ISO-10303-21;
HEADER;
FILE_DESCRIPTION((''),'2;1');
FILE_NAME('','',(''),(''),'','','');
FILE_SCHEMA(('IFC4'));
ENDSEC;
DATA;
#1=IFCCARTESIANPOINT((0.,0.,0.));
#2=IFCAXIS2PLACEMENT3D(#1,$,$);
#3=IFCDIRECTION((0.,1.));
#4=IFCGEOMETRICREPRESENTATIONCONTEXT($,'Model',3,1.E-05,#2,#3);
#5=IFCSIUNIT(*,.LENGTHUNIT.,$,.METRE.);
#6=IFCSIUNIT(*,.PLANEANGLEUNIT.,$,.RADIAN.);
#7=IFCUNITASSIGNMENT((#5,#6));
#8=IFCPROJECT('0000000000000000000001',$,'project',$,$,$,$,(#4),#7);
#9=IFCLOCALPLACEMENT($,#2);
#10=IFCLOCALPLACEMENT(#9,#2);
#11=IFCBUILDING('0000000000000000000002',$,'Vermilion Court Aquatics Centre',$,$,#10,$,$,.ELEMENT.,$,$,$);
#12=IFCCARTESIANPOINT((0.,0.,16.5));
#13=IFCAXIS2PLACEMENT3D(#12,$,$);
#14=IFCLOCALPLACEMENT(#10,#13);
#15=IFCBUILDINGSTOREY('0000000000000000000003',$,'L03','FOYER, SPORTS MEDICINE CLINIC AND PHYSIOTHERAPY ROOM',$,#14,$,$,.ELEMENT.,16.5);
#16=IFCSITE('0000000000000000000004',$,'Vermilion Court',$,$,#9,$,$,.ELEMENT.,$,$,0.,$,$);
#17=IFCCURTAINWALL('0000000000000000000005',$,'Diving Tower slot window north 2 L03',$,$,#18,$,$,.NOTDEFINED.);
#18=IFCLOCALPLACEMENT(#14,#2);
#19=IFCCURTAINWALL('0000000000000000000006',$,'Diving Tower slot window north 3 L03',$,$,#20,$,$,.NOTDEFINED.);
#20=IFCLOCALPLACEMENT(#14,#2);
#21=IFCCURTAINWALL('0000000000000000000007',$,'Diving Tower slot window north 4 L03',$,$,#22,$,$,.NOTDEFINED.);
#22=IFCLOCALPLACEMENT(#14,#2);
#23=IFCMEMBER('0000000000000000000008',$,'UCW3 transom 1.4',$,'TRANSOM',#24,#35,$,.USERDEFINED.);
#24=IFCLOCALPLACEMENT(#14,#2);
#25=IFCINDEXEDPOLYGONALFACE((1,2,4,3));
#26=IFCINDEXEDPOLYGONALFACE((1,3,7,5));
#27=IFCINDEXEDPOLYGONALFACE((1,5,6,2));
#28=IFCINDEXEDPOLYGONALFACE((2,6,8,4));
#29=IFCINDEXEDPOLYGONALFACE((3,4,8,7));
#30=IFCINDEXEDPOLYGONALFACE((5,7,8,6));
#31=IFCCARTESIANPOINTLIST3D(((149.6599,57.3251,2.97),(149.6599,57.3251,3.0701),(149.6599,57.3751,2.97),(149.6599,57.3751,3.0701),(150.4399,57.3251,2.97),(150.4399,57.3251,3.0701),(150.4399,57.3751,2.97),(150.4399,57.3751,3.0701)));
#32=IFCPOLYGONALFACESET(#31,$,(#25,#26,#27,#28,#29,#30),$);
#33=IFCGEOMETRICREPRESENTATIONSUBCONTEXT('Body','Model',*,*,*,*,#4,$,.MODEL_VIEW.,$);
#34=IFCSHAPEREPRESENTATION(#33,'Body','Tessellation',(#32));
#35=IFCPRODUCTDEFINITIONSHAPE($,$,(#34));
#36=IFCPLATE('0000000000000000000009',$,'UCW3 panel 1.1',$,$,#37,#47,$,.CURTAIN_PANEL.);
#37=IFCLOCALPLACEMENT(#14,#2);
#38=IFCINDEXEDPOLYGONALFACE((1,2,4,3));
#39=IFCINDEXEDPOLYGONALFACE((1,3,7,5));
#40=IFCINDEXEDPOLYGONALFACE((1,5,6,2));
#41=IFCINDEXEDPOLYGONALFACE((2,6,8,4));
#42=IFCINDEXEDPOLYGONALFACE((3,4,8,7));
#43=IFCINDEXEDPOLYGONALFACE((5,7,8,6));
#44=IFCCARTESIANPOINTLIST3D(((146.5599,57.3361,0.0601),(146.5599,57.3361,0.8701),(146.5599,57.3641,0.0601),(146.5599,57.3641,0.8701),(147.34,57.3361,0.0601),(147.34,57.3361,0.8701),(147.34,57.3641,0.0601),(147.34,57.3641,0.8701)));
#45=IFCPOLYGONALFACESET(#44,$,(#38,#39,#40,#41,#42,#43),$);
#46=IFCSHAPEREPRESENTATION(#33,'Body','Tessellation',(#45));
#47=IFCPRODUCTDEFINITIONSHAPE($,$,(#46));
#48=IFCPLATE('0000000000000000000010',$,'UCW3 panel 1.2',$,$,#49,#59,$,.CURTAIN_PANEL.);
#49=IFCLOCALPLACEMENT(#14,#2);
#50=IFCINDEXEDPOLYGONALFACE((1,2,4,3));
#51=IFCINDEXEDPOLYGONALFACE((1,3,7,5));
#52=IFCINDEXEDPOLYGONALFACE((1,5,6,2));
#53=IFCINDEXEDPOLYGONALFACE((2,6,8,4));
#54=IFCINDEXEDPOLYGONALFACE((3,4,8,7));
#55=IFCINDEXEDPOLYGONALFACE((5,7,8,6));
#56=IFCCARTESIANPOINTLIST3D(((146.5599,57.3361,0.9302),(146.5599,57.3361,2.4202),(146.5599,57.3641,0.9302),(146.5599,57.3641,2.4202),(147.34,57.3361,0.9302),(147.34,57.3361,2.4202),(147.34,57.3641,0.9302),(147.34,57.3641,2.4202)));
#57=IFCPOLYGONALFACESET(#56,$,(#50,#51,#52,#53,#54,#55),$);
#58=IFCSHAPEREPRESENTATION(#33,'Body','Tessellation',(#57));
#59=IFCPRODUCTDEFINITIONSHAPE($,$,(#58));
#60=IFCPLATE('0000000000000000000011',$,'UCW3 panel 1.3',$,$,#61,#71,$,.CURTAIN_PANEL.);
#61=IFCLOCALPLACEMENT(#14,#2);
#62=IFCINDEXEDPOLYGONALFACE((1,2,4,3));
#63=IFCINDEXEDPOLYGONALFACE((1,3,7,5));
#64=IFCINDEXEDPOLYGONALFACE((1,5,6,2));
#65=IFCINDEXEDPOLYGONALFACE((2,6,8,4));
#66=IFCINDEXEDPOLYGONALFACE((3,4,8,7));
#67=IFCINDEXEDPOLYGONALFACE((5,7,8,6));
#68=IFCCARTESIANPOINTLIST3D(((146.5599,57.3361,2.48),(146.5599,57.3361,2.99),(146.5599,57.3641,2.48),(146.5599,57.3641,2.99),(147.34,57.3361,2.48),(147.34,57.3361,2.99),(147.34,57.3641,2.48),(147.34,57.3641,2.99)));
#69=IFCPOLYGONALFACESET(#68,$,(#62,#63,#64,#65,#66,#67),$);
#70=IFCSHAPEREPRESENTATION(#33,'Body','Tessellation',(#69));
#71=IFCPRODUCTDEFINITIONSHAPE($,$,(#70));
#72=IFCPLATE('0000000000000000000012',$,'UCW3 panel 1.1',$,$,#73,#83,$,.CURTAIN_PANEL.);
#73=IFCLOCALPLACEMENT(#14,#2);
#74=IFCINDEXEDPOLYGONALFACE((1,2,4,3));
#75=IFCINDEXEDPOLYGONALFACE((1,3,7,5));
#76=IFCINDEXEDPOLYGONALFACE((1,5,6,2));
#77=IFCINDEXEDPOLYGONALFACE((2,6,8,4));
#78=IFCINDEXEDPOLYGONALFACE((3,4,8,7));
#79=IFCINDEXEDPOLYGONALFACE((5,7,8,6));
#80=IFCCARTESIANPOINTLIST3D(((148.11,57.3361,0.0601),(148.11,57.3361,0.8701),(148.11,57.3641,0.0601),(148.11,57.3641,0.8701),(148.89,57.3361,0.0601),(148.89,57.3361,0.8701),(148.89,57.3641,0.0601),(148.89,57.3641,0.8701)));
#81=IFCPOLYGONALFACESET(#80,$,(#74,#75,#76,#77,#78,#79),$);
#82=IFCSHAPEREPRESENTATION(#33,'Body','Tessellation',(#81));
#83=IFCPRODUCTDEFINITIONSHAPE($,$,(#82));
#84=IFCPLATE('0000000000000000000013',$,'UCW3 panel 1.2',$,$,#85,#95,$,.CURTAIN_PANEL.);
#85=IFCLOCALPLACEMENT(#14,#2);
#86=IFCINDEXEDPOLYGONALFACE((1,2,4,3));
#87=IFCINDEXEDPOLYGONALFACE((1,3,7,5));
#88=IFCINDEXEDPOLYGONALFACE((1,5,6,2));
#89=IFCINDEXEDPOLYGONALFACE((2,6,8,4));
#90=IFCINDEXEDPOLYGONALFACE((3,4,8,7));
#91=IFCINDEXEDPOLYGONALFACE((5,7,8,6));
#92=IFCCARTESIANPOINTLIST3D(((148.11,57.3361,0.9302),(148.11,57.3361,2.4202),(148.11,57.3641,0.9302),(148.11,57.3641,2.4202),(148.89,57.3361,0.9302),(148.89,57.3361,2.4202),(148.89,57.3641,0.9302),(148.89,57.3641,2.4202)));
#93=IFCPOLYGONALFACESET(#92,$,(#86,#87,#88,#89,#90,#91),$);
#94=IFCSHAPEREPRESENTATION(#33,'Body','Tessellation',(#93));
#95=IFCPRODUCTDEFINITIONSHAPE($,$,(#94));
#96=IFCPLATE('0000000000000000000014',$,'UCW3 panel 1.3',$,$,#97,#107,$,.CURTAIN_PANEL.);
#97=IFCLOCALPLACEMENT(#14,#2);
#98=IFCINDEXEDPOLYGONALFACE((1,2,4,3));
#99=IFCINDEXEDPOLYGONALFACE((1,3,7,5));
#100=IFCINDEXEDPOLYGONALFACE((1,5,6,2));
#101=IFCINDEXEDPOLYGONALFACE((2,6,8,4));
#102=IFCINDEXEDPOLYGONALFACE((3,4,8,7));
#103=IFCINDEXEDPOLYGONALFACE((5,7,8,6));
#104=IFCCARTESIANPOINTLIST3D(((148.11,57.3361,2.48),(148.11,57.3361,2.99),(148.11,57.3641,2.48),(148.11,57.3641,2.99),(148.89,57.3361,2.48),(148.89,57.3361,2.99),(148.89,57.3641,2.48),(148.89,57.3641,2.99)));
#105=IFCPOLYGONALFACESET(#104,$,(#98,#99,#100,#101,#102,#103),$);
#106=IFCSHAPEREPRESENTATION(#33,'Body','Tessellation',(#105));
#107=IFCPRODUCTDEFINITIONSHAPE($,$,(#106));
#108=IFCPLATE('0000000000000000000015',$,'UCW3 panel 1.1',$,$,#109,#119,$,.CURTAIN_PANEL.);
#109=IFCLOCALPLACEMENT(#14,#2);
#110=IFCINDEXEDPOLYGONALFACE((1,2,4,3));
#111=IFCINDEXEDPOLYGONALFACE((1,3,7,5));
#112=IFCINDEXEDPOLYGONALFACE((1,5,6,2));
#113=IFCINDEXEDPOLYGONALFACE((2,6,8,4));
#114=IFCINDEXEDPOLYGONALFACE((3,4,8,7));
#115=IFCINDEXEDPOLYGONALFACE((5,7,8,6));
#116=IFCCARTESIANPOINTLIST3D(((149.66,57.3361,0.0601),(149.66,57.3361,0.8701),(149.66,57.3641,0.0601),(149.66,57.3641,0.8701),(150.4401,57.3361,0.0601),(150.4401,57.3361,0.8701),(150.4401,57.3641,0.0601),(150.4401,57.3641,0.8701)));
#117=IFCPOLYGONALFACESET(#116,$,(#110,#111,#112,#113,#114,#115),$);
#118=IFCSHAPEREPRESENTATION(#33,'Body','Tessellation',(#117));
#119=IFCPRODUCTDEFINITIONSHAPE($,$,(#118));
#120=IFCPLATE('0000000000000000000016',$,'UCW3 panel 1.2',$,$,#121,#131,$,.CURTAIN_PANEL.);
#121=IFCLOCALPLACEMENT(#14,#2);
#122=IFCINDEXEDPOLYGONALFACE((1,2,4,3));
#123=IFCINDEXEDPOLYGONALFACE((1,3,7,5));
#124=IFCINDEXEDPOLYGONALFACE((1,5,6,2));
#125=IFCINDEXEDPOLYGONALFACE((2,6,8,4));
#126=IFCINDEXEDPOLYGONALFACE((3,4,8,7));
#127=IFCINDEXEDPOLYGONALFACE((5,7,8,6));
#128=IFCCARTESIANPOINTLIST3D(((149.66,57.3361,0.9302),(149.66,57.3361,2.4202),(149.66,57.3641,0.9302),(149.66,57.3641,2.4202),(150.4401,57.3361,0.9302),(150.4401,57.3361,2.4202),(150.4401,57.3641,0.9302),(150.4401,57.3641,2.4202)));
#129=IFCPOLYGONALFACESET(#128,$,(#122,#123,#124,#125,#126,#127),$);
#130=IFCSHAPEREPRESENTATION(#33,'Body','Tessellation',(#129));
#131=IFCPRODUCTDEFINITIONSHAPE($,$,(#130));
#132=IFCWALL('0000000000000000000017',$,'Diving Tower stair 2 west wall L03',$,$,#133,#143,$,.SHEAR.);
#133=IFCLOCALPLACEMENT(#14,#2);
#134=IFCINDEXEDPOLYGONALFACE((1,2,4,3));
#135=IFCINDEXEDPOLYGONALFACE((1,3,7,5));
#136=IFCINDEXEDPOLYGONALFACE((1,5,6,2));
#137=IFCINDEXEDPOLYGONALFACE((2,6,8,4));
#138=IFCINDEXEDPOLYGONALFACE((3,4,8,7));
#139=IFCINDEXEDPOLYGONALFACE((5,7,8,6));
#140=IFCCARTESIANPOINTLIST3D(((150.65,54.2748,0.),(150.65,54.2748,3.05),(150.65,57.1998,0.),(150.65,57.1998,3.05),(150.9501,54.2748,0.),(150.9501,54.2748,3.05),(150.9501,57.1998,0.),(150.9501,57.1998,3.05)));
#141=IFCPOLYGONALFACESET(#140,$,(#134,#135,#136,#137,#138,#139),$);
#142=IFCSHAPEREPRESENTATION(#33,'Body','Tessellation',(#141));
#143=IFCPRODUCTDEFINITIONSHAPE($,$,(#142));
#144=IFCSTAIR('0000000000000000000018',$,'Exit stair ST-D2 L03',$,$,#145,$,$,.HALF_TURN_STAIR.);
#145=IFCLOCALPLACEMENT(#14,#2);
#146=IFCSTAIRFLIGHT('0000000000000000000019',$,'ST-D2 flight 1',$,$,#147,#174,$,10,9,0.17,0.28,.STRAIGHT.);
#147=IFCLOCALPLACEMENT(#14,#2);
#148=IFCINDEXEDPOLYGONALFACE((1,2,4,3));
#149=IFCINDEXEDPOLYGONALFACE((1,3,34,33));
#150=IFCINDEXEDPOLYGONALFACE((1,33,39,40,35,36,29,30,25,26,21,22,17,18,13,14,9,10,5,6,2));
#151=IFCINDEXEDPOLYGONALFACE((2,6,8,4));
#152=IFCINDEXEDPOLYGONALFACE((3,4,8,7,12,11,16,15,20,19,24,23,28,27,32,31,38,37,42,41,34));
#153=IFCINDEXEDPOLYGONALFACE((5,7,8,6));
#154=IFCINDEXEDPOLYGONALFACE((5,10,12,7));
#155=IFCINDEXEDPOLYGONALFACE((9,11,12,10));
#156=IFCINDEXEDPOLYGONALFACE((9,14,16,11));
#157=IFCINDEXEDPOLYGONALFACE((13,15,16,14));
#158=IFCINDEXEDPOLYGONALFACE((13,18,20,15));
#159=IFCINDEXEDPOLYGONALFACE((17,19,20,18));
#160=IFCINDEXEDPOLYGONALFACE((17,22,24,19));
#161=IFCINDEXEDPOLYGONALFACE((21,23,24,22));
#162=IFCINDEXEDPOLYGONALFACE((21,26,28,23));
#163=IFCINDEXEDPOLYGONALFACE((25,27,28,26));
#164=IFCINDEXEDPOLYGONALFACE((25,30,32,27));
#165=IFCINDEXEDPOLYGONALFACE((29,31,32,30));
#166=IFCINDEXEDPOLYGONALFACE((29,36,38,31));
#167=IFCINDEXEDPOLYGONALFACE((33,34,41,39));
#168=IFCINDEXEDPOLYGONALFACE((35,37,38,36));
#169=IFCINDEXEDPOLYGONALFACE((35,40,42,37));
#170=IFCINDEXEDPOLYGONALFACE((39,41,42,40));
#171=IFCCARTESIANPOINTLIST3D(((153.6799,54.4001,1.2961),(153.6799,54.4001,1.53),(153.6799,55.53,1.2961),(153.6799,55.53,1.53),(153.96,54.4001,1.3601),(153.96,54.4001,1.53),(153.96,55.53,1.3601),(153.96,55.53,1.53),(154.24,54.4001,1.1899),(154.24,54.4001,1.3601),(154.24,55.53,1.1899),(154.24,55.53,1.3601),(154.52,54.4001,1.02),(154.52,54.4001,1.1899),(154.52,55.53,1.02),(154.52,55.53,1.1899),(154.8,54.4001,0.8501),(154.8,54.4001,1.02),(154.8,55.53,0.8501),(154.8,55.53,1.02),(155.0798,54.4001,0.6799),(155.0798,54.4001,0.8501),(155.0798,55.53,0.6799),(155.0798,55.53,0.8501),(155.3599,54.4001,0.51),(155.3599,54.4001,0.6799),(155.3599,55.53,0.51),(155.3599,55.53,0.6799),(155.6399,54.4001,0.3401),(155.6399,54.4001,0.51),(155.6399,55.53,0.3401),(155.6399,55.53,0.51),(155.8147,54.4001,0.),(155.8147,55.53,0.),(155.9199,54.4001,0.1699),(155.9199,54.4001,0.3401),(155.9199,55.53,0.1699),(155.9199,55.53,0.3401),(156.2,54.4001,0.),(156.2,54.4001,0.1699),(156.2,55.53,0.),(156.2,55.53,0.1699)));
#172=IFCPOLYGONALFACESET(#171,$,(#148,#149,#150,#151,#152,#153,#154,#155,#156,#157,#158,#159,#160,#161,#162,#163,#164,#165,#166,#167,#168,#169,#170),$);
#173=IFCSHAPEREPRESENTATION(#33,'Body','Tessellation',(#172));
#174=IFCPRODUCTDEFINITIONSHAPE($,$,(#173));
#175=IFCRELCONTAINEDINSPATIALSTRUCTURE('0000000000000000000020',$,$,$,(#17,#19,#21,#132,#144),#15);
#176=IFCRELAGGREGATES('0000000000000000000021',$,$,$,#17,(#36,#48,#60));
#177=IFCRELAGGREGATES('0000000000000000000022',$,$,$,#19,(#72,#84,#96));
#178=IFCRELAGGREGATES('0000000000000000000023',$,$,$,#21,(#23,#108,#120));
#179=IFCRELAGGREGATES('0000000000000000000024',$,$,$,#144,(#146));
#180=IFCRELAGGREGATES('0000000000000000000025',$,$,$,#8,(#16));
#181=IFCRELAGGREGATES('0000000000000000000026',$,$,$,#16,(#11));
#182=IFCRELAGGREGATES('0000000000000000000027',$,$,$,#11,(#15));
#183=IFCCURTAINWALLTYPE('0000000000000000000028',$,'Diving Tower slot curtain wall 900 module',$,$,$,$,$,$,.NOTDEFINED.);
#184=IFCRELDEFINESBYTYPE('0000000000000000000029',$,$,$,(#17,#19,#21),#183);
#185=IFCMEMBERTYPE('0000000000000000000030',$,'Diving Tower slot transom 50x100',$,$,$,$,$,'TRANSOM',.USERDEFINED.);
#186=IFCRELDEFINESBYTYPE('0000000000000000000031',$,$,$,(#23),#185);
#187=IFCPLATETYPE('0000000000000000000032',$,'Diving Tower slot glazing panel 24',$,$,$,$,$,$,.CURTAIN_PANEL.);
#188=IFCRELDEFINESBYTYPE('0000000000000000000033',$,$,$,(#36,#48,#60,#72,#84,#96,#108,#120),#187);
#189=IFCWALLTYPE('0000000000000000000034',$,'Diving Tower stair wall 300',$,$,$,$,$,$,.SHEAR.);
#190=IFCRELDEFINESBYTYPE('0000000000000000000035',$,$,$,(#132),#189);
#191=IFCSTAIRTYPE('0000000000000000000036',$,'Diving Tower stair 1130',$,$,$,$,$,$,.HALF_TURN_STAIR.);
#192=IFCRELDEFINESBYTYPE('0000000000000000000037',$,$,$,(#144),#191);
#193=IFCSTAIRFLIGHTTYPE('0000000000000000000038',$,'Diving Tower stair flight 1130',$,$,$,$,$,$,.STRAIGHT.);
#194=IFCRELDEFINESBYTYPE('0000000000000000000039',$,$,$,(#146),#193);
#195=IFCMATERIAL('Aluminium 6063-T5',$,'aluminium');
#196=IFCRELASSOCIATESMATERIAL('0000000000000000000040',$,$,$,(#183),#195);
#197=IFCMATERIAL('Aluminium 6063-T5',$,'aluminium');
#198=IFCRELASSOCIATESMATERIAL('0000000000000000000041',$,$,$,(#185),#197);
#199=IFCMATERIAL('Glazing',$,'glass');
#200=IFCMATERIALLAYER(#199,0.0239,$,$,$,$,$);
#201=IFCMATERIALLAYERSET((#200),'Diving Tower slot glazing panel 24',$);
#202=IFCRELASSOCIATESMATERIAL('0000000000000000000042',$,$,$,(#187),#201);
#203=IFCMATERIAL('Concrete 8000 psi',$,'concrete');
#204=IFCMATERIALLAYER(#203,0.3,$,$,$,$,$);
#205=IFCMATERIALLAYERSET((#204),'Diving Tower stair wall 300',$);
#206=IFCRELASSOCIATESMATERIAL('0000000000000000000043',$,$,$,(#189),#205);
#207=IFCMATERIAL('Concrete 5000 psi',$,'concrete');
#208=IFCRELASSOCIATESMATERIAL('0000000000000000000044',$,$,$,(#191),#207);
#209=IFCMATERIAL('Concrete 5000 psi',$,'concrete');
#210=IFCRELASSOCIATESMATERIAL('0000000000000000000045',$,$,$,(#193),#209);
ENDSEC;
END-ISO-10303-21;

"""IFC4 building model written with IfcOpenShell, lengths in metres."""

from ifc_helpers import new_model, si_unit, direction, frame, frame_2d, origin, origin_2d, place, context, subcontext, project, spatial, polyline, rectangle, outline, extrude, material, layer, layer_set, material_profile, profile_set, type_object, element, aggregate, save


model = new_model("IFC4")

# Units and contexts
model_context = context("Model", 3, precision=1e-05, world=origin(), true_north=direction((0.0, 1.0)))
body_context = subcontext(model_context, "Body", "Model", "MODEL_VIEW")
ifc_project = project(units=[si_unit("LENGTHUNIT", "METRE"), si_unit("PLANEANGLEUNIT", "RADIAN")], contexts=[model_context])

# Site, building, storey
site_placement = place(None, origin())
site = spatial("IfcSite", under=ifc_project, at=site_placement, Name="Vermilion Court", CompositionType="ELEMENT", RefElevation=0.0)
building_placement = place(site_placement, origin())
building = spatial("IfcBuilding", under=site, at=building_placement, Name="Vermilion Court Aquatics Centre", CompositionType="ELEMENT")
storey_placement = place(building_placement, frame((0.0, 0.0, 16.5)))
storey = spatial("IfcBuildingStorey", under=building, at=storey_placement, Name="L03", Description="FOYER, SPORTS MEDICINE CLINIC AND PHYSIOTHERAPY ROOM", CompositionType="ELEMENT", Elevation=16.5)

# Curtain wall
ifc_material_1 = material(Name="Aluminium 6063-T5", Category="aluminium")
curtain_wall_type = type_object("IfcCurtainWallType", Name="Diving Tower slot curtain wall 900 module", PredefinedType="NOTDEFINED", material=ifc_material_1)
curtain_wall_1_placement = place(storey_placement, origin())
curtain_wall_1 = element("IfcCurtainWall", 1, at=curtain_wall_1_placement, inside=storey, type_object=curtain_wall_type, Name="Diving Tower slot window north 2 L03", PredefinedType="NOTDEFINED")

# Curtain wall
curtain_wall_2_placement = place(storey_placement, origin())
curtain_wall_2 = element("IfcCurtainWall", 2, at=curtain_wall_2_placement, inside=storey, type_object=curtain_wall_type, Name="Diving Tower slot window north 3 L03", PredefinedType="NOTDEFINED")

# Curtain wall
curtain_wall_3_placement = place(storey_placement, origin())
curtain_wall_3 = element("IfcCurtainWall", 3, at=curtain_wall_3_placement, inside=storey, type_object=curtain_wall_type, Name="Diving Tower slot window north 4 L03", PredefinedType="NOTDEFINED")

# Member
ifc_material_2 = material(Name="Aluminium 6063-T5", Category="aluminium")
ifc_material_profile_1 = material_profile(ifc_material_2, rectangle(XDim=0.05, YDim=0.1001, at=origin_2d()), Name="AL 50x100")
ifc_profile_set_1 = profile_set([ifc_material_profile_1], Name="Aluminium 6063-T5")
member_type_1 = type_object("IfcMemberType", Name="Diving Tower slot transom 50x100", ElementType="TRANSOM", PredefinedType="USERDEFINED", material=ifc_profile_set_1)
member_1_placement = place(storey_placement, frame((149.6599, 57.3501, 3.02), z_axis=(1.0, 0.0, 0.0), x_axis=(0.0, 1.0, 0.0)))
member_1 = element("IfcMember", 4, at=member_1_placement, type_object=member_type_1, Name="UCW3 transom 1.4", ObjectType="TRANSOM", PredefinedType="USERDEFINED", context=body_context, shape_type="SweptSolid", body=[
    extrude(rectangle(XDim=0.05, YDim=0.1001, at=origin_2d()), origin(), (0.0, 0.0, 1.0), 0.78),
])

# Plates
ifc_material_3 = material(Name="Glazing", Category="glass")
ifc_layer_1 = layer(ifc_material_3, 0.0239)
ifc_layer_set_1 = layer_set([ifc_layer_1], Name="Diving Tower slot glazing panel 24")
plate_type = type_object("IfcPlateType", Name="Diving Tower slot glazing panel 24", PredefinedType="CURTAIN_PANEL", material=ifc_layer_set_1)
plate_1_placement = place(storey_placement, frame((146.95, 57.3501, 0.0601), z_axis=(0.0, 0.0, 1.0), x_axis=(1.0, 0.0, 0.0)))
plate_1 = element("IfcPlate", 5, at=plate_1_placement, type_object=plate_type, Name="UCW3 panel 1.1", PredefinedType="CURTAIN_PANEL", context=body_context, shape_type="SweptSolid", body=[
    extrude(rectangle(XDim=0.78, YDim=0.0281, at=origin_2d()), origin(), (0.0, 0.0, 1.0), 0.8101),
])
plate_2_placement = place(storey_placement, frame((146.95, 57.3501, 0.9302), z_axis=(0.0, 0.0, 1.0), x_axis=(1.0, 0.0, 0.0)))
plate_2 = element("IfcPlate", 6, at=plate_2_placement, type_object=plate_type, Name="UCW3 panel 1.2", PredefinedType="CURTAIN_PANEL", context=body_context, shape_type="SweptSolid", body=[
    extrude(rectangle(XDim=0.78, YDim=0.0281, at=origin_2d()), origin(), (0.0, 0.0, 1.0), 1.49),
])
plate_3_placement = place(storey_placement, frame((146.95, 57.3501, 2.48), z_axis=(0.0, 0.0, 1.0), x_axis=(1.0, 0.0, 0.0)))
plate_3 = element("IfcPlate", 7, at=plate_3_placement, type_object=plate_type, Name="UCW3 panel 1.3", PredefinedType="CURTAIN_PANEL", context=body_context, shape_type="SweptSolid", body=[
    extrude(rectangle(XDim=0.78, YDim=0.0281, at=origin_2d()), origin(), (0.0, 0.0, 1.0), 0.51),
])
aggregate(curtain_wall_1, [plate_1, plate_2, plate_3])
plate_4_placement = place(storey_placement, frame((148.5, 57.3501, 0.0601), z_axis=(0.0, 0.0, 1.0), x_axis=(1.0, 0.0, 0.0)))
plate_4 = element("IfcPlate", 8, at=plate_4_placement, type_object=plate_type, Name="UCW3 panel 1.1", PredefinedType="CURTAIN_PANEL", context=body_context, shape_type="SweptSolid", body=[
    extrude(rectangle(XDim=0.78, YDim=0.0281, at=origin_2d()), origin(), (0.0, 0.0, 1.0), 0.8101),
])
plate_5_placement = place(storey_placement, frame((148.5, 57.3501, 0.9302), z_axis=(0.0, 0.0, 1.0), x_axis=(1.0, 0.0, 0.0)))
plate_5 = element("IfcPlate", 9, at=plate_5_placement, type_object=plate_type, Name="UCW3 panel 1.2", PredefinedType="CURTAIN_PANEL", context=body_context, shape_type="SweptSolid", body=[
    extrude(rectangle(XDim=0.78, YDim=0.0281, at=origin_2d()), origin(), (0.0, 0.0, 1.0), 1.49),
])
plate_6_placement = place(storey_placement, frame((148.5, 57.3501, 2.48), z_axis=(0.0, 0.0, 1.0), x_axis=(1.0, 0.0, 0.0)))
plate_6 = element("IfcPlate", 10, at=plate_6_placement, type_object=plate_type, Name="UCW3 panel 1.3", PredefinedType="CURTAIN_PANEL", context=body_context, shape_type="SweptSolid", body=[
    extrude(rectangle(XDim=0.78, YDim=0.0281, at=origin_2d()), origin(), (0.0, 0.0, 1.0), 0.51),
])
aggregate(curtain_wall_2, [plate_4, plate_5, plate_6])
plate_7_placement = place(storey_placement, frame((150.05, 57.3501, 0.0601), z_axis=(0.0, 0.0, 1.0), x_axis=(1.0, 0.0, 0.0)))
plate_7 = element("IfcPlate", 11, at=plate_7_placement, type_object=plate_type, Name="UCW3 panel 1.1", PredefinedType="CURTAIN_PANEL", context=body_context, shape_type="SweptSolid", body=[
    extrude(rectangle(XDim=0.78, YDim=0.0281, at=origin_2d()), origin(), (0.0, 0.0, 1.0), 0.8101),
])
plate_8_placement = place(storey_placement, frame((150.05, 57.3501, 0.9302), z_axis=(0.0, 0.0, 1.0), x_axis=(1.0, 0.0, 0.0)))
plate_8 = element("IfcPlate", 12, at=plate_8_placement, type_object=plate_type, Name="UCW3 panel 1.2", PredefinedType="CURTAIN_PANEL", context=body_context, shape_type="SweptSolid", body=[
    extrude(rectangle(XDim=0.78, YDim=0.0281, at=origin_2d()), origin(), (0.0, 0.0, 1.0), 1.49),
])
aggregate(curtain_wall_3, [member_1, plate_7, plate_8])

# Wall
ifc_material_4 = material(Name="Concrete 8000 psi", Category="concrete")
ifc_layer_2 = layer(ifc_material_4, 0.3)
ifc_layer_set_2 = layer_set([ifc_layer_2], Name="Diving Tower stair wall 300")
wall_type = type_object("IfcWallType", Name="Diving Tower stair wall 300", PredefinedType="SHEAR", material=ifc_layer_set_2)
wall_placement = place(storey_placement, frame((150.8, 54.2749, 0.0), z_axis=(0.0, 0.0, 1.0), x_axis=(0.0, 1.0, 0.0)))
element("IfcWall", 13, at=wall_placement, inside=storey, type_object=wall_type, Name="Diving Tower stair 2 west wall L03", PredefinedType="SHEAR", context=body_context, shape_type="SweptSolid", body=[
    extrude(rectangle(XDim=2.925, YDim=0.3, at=frame_2d((1.4624, 0.0))), origin(), (0.0, 0.0, 1.0), 3.05),
])

# Stair, stair flight
ifc_material_5 = material(Name="Concrete 5000 psi", Category="concrete")
stair_type = type_object("IfcStairType", Name="Diving Tower stair 1130", PredefinedType="HALF_TURN_STAIR", material=ifc_material_5)
stair_placement = place(storey_placement, origin())
stair = element("IfcStair", 14, at=stair_placement, inside=storey, type_object=stair_type, Name="Exit stair ST-D2 L03", PredefinedType="HALF_TURN_STAIR")
ifc_material_6 = material(Name="Concrete 5000 psi", Category="concrete")
stair_flight_type = type_object("IfcStairFlightType", Name="Diving Tower stair flight 1130", PredefinedType="STRAIGHT", material=ifc_material_6)
stair_flight_1_placement = place(storey_placement, frame((156.2, 54.9651, 0.0), z_axis=(0.0, 0.0, 1.0), x_axis=(-1.0, 0.0, 0.0)))
stair_flight_1 = element("IfcStairFlight", 15, at=stair_flight_1_placement, type_object=stair_flight_type, Name="ST-D2 flight 1", NumberOfRisers=10, NumberOfTreads=9, PredefinedType="STRAIGHT", RiserHeight=0.17, TreadLength=0.28, context=body_context, shape_type="SweptSolid", body=[
    extrude(outline(polyline([(0.0, 0.0), (0.0, 0.1699), (0.28, 0.1699), (0.28, 0.3401), (0.5601, 0.3401), (0.5601, 0.51), (0.8401, 0.51), (0.8401, 0.6799), (1.1201, 0.6799), (1.1201, 0.8501), (1.3999, 0.8501), (1.3999, 1.02), (1.6799, 1.02), (1.6799, 1.1899), (1.96, 1.1899), (1.96, 1.3601), (2.24, 1.3601), (2.24, 1.53), (2.52, 1.53), (2.52, 1.7), (2.52, 1.2961), (0.3853, 0.0), (0.0, 0.0)])), frame((0.0, 0.5649, 0.0), z_axis=(0.0, -1.0, 0.0), x_axis=(1.0, 0.0, 0.0)), (0.0, 0.0, 1.0), 1.1299),
])
aggregate(stair, [stair_flight_1])

save(model, "model.ifc")
